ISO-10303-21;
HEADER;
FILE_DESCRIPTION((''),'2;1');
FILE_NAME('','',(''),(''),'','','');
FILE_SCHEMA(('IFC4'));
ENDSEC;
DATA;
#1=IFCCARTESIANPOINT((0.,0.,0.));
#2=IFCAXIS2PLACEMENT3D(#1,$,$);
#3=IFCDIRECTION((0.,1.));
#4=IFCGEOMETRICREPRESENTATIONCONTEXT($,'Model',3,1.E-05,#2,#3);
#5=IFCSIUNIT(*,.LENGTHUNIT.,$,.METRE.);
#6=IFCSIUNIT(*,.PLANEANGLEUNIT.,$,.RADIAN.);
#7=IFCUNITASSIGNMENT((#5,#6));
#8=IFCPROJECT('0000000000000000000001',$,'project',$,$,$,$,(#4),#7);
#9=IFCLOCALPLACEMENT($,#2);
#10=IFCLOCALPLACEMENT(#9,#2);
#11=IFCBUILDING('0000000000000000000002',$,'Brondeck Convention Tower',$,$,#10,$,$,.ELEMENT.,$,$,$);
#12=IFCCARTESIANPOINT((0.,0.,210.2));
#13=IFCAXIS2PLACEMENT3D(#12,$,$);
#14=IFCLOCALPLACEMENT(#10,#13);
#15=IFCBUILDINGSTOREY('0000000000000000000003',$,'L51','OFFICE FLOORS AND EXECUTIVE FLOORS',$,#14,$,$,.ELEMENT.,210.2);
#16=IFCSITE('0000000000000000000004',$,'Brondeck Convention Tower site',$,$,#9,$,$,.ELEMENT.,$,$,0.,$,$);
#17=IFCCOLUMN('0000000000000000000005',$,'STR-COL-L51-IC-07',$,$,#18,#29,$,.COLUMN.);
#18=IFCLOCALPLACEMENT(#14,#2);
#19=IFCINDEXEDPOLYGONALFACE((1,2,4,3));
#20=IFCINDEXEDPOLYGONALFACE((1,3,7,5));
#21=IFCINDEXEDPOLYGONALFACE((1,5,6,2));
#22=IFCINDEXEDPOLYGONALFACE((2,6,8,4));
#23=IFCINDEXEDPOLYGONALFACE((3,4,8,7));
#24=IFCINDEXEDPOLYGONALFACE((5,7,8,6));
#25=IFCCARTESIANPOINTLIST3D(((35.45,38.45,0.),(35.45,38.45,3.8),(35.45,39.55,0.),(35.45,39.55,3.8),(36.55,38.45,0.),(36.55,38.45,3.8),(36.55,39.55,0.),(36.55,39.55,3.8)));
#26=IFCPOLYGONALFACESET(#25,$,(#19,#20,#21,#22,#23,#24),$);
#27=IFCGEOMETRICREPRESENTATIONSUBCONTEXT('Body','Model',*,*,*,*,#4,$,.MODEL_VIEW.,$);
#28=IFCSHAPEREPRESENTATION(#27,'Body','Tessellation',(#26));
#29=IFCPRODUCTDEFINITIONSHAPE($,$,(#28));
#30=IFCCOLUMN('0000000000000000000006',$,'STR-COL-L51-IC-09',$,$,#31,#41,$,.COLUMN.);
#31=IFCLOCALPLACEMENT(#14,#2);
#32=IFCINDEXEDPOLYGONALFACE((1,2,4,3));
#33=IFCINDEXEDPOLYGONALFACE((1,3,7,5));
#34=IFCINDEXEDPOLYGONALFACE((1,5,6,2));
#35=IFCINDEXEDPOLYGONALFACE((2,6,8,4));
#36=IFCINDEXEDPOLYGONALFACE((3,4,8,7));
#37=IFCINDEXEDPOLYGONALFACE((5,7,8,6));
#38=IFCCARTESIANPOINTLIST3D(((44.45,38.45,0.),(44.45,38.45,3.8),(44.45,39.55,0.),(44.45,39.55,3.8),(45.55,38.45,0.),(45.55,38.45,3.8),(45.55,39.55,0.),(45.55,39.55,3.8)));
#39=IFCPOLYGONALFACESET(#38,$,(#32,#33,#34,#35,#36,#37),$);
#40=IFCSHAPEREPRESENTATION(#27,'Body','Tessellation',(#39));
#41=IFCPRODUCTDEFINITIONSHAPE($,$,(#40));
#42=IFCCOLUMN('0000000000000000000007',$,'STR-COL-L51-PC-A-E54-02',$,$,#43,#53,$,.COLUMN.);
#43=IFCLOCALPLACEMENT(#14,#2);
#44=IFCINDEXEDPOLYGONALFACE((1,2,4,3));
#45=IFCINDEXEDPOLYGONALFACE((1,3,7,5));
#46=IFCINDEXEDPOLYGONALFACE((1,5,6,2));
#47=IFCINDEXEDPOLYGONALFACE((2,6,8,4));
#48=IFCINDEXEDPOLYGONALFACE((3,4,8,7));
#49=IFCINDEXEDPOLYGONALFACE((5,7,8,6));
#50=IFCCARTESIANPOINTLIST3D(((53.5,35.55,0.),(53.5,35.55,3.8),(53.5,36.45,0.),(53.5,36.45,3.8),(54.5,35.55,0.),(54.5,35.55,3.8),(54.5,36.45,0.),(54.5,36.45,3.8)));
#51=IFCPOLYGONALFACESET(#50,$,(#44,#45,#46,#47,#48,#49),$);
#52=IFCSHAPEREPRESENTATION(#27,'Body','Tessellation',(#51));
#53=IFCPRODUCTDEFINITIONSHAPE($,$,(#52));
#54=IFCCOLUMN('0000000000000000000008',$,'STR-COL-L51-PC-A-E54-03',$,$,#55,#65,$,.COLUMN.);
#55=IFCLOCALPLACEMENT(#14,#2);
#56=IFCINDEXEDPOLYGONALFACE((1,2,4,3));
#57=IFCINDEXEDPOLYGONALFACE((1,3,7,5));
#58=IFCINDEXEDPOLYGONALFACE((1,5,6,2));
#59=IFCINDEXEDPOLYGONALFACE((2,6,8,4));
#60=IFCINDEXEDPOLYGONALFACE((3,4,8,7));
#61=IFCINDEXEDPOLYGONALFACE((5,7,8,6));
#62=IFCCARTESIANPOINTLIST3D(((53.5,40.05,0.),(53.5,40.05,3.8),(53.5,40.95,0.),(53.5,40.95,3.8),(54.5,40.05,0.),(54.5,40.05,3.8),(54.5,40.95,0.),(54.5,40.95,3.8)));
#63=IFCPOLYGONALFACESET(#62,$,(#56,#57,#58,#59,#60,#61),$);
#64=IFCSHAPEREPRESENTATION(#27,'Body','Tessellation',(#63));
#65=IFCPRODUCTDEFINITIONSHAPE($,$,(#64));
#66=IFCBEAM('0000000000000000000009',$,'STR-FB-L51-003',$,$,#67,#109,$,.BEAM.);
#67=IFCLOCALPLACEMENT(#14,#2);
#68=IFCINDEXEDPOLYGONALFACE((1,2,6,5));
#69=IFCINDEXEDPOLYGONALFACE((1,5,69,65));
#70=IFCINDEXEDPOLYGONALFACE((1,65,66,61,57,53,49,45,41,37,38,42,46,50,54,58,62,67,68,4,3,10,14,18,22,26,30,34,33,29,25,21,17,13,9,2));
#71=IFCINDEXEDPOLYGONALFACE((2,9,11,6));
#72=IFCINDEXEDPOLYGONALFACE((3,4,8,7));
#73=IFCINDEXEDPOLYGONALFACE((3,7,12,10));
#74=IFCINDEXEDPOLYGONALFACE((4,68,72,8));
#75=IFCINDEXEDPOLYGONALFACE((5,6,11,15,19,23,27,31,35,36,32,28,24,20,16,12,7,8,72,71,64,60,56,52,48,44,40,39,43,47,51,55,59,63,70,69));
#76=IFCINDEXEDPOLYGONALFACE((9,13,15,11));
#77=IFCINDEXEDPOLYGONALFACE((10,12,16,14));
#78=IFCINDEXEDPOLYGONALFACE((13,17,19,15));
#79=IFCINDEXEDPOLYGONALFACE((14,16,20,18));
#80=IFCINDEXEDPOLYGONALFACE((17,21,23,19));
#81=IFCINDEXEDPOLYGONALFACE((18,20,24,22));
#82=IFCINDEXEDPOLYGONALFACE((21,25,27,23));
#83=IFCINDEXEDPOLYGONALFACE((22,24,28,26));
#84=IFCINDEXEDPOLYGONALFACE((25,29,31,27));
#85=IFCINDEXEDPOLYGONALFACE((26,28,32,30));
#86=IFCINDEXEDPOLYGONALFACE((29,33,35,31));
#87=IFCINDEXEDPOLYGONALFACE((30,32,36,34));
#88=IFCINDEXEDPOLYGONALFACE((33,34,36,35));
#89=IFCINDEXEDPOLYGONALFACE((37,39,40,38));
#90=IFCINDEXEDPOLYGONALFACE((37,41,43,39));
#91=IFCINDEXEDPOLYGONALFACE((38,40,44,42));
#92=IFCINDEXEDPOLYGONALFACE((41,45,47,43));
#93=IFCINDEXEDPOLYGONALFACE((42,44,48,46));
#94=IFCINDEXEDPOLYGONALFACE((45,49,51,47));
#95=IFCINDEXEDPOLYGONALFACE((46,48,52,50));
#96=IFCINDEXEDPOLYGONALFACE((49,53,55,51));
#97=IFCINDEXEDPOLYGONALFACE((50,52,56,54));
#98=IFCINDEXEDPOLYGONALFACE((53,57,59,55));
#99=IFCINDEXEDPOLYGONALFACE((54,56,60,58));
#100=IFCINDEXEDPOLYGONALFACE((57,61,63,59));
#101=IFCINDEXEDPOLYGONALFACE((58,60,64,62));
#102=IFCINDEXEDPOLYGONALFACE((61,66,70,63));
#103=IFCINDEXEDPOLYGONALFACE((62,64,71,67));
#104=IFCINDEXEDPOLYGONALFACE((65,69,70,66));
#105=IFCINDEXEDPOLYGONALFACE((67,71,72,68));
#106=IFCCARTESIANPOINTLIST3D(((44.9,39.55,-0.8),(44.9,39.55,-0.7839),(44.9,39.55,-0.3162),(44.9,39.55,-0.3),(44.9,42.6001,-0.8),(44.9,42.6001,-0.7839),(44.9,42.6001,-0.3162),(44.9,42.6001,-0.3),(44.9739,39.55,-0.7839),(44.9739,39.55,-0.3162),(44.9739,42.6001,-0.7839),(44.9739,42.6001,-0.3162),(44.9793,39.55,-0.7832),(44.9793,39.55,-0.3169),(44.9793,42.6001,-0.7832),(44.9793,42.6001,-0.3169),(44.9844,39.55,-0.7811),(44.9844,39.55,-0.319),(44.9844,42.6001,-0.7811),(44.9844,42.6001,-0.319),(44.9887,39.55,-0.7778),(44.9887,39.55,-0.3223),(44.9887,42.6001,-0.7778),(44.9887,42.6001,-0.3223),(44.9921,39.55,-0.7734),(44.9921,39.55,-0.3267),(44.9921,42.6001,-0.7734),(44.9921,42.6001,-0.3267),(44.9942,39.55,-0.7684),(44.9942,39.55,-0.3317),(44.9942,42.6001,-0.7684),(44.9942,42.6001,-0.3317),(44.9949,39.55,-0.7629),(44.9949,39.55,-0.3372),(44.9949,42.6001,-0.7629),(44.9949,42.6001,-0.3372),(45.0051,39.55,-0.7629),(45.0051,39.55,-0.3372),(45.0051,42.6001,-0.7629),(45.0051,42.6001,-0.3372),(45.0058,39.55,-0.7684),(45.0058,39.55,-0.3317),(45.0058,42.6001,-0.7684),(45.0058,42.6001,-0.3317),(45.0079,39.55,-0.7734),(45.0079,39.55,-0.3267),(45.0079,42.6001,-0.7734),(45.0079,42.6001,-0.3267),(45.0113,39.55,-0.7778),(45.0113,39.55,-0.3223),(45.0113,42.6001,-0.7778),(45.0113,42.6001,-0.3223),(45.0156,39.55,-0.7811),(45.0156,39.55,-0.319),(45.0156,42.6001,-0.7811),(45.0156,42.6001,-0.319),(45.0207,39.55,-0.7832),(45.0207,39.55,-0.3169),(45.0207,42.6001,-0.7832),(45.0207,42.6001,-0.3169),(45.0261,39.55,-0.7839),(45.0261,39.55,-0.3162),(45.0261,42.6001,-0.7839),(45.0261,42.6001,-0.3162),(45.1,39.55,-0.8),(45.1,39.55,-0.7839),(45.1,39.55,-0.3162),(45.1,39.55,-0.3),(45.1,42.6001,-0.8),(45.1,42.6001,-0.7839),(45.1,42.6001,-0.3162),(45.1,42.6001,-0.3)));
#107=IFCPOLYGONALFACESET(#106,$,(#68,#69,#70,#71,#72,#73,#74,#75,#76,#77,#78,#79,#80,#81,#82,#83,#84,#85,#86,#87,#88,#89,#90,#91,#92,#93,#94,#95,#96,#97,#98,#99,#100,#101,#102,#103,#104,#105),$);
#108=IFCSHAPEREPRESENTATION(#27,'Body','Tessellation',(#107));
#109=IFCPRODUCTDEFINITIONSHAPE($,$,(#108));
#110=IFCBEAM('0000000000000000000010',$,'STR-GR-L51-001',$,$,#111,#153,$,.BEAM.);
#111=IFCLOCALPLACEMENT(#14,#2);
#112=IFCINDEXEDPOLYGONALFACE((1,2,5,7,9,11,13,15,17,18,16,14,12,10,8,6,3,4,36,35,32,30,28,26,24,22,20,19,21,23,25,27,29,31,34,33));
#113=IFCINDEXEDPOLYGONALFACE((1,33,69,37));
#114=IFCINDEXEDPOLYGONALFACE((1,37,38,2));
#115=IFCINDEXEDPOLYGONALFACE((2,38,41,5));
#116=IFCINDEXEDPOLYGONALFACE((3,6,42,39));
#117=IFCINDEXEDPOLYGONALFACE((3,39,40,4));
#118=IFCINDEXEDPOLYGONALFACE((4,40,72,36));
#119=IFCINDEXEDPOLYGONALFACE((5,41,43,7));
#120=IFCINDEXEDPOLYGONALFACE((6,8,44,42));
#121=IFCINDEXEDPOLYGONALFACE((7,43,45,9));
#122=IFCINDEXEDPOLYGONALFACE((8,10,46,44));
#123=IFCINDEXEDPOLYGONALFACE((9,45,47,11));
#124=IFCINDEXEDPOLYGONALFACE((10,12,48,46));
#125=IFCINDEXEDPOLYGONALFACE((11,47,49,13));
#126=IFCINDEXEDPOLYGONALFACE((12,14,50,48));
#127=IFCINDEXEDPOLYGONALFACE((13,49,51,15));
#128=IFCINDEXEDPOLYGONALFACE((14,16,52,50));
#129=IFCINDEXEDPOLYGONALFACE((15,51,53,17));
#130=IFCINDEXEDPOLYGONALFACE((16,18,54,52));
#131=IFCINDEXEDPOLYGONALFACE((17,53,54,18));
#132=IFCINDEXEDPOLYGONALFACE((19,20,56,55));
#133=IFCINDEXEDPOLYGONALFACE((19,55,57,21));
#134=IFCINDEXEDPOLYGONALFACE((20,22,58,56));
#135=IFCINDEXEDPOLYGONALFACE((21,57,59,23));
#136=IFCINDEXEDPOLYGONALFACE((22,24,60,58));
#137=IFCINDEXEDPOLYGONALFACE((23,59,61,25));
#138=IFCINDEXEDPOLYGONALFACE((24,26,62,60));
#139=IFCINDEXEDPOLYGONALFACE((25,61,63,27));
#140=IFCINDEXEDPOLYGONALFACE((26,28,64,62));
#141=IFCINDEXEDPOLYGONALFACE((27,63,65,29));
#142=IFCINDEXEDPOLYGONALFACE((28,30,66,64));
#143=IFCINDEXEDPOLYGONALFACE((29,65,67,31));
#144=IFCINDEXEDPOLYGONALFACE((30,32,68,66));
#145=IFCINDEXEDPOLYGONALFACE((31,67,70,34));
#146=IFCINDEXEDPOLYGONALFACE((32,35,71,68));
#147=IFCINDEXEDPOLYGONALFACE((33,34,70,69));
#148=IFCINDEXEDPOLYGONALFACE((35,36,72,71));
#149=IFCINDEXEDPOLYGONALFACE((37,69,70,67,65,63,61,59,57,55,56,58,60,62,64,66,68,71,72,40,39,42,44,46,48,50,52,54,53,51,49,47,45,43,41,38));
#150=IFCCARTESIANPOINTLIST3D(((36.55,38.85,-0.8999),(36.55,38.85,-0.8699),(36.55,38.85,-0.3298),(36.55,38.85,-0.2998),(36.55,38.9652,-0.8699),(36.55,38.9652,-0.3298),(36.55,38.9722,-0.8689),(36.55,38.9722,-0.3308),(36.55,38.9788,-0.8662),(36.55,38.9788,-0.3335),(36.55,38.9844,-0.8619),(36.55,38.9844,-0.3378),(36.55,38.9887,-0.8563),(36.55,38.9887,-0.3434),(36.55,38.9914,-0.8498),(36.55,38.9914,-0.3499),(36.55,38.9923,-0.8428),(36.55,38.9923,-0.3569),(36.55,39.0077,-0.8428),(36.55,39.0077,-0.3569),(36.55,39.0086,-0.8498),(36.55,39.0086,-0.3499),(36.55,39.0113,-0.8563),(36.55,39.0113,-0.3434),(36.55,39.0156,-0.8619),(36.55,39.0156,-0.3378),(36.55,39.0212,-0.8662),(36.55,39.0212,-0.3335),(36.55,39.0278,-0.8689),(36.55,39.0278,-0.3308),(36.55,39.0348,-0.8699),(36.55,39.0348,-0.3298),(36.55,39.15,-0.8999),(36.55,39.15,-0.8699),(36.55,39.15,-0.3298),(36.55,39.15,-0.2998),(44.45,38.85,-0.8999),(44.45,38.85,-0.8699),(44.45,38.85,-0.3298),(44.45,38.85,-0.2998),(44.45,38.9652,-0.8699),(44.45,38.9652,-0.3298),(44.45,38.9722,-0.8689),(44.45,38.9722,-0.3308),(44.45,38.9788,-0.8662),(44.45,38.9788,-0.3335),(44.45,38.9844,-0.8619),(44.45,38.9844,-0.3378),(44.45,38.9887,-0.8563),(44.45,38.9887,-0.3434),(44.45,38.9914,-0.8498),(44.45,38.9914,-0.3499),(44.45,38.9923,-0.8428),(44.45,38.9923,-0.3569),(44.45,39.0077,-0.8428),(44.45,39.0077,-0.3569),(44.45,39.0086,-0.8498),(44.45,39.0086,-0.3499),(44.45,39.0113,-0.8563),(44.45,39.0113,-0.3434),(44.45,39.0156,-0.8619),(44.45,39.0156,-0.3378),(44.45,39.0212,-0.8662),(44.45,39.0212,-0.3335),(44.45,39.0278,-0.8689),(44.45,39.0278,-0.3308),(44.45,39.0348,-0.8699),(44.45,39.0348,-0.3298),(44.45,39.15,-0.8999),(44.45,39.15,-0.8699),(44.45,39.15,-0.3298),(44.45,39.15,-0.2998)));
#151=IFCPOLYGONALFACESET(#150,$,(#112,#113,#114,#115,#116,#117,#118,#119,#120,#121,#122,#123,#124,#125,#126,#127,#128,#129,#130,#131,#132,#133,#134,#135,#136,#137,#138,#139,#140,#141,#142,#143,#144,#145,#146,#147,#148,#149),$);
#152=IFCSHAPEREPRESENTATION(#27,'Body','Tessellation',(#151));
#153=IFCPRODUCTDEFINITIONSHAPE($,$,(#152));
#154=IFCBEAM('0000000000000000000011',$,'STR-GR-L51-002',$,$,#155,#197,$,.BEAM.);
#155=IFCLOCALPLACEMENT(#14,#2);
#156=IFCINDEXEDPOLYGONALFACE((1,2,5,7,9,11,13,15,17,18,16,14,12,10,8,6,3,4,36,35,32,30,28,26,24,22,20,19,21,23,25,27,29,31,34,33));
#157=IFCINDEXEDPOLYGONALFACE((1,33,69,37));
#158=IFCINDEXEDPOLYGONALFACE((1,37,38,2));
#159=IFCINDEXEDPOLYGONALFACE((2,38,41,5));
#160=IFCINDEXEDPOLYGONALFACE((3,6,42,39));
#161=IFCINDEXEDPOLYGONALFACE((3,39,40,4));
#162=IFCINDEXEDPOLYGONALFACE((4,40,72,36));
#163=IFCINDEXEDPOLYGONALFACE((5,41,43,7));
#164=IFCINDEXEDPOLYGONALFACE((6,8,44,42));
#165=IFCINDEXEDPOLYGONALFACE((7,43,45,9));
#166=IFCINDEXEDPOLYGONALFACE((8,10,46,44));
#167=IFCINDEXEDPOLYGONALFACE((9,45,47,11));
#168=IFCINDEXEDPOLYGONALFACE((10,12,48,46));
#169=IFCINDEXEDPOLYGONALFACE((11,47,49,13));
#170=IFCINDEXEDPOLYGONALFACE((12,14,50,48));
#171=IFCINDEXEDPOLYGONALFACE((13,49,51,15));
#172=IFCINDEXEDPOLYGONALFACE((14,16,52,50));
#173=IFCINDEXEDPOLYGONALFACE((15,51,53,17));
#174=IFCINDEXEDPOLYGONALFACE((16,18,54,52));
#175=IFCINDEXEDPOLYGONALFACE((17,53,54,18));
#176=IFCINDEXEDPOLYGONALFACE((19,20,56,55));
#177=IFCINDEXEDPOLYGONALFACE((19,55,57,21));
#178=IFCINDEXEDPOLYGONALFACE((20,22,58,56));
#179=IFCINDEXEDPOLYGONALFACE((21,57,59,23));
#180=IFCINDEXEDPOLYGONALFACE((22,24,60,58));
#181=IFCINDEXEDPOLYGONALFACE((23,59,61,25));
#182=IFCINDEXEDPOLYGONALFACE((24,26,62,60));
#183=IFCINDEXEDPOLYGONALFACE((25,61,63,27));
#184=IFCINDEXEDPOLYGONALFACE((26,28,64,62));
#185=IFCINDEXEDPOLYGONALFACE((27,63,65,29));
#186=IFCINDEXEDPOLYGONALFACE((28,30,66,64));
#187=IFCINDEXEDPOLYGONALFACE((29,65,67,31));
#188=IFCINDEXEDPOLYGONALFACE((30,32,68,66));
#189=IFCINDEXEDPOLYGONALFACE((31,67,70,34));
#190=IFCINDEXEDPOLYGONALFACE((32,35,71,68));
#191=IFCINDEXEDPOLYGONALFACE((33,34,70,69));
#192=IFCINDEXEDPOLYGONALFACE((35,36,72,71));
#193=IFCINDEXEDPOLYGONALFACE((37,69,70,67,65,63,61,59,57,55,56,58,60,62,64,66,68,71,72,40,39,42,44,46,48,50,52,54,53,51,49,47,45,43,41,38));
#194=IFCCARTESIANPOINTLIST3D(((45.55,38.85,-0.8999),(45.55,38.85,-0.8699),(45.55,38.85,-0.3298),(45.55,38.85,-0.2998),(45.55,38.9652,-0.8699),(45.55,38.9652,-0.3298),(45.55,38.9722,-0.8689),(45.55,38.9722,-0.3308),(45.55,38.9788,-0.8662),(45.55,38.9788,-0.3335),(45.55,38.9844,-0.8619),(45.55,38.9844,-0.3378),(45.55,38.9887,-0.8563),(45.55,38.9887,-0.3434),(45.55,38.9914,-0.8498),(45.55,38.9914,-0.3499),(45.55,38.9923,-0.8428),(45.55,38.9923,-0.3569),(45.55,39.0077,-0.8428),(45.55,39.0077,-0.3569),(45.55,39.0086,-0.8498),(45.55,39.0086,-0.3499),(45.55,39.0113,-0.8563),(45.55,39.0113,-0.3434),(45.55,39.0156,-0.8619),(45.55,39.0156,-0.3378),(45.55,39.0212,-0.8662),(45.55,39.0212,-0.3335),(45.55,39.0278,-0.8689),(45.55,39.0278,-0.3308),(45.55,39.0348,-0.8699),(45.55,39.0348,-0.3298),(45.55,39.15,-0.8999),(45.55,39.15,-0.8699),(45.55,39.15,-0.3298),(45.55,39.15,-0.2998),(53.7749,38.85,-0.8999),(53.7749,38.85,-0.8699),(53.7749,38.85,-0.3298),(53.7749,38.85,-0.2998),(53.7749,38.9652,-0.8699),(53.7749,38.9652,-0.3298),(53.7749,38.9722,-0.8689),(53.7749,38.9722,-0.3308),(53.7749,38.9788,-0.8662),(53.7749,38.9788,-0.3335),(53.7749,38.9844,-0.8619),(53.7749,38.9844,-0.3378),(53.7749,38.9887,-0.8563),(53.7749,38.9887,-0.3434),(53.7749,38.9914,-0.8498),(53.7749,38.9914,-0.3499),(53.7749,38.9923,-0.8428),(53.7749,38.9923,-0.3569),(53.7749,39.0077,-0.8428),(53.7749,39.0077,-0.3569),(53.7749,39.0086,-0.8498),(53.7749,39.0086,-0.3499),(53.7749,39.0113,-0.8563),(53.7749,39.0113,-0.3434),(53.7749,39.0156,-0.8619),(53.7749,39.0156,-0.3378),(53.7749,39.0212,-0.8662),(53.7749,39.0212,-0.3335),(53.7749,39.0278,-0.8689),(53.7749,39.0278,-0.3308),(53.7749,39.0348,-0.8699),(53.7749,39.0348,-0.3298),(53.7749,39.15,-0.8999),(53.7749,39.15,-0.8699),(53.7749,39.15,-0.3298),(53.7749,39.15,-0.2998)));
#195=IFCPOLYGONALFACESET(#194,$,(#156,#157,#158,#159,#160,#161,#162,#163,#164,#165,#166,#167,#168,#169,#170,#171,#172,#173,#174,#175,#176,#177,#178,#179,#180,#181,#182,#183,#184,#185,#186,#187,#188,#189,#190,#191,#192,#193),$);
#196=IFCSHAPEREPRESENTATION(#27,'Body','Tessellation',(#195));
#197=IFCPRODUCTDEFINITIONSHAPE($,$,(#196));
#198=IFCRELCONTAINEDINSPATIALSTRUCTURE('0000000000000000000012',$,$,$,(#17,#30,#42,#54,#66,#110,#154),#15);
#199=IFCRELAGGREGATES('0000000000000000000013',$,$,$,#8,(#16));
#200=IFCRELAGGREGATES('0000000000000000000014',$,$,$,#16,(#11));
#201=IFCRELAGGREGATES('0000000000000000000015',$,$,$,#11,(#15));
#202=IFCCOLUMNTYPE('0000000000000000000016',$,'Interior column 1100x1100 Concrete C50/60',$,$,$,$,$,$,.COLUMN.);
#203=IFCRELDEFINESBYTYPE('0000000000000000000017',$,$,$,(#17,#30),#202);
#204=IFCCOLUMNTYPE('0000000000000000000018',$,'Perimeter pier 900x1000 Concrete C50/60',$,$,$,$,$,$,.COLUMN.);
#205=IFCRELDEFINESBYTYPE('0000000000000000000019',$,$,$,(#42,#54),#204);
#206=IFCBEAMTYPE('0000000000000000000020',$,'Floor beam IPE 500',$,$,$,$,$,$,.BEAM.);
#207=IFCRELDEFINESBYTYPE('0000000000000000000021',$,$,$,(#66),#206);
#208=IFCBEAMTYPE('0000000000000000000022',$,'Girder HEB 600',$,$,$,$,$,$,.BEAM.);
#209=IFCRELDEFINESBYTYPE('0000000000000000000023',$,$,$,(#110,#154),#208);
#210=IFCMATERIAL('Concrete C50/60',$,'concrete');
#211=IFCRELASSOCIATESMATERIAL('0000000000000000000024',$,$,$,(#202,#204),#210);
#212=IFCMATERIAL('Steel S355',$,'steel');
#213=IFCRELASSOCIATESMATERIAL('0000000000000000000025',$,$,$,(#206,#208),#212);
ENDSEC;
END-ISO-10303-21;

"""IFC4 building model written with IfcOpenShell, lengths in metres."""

from ifc_helpers import new_model, si_unit, direction, frame, origin, origin_2d, place, context, subcontext, project, spatial, rectangle, i_section, extrude, material, material_profile, profile_set, type_object, element, save


model = new_model("IFC4")

# Units and contexts
model_context = context("Model", 3, precision=1e-05, world=origin(), true_north=direction((0.0, 1.0)))
body_context = subcontext(model_context, "Body", "Model", "MODEL_VIEW")
ifc_project = project(units=[si_unit("LENGTHUNIT", "METRE"), si_unit("PLANEANGLEUNIT", "RADIAN")], contexts=[model_context])

# Site, building, storey
site_placement = place(None, origin())
site = spatial("IfcSite", under=ifc_project, at=site_placement, Name="Brondeck Convention Tower site", CompositionType="ELEMENT", RefElevation=0.0)
building_placement = place(site_placement, origin())
building = spatial("IfcBuilding", under=site, at=building_placement, Name="Brondeck Convention Tower", CompositionType="ELEMENT")
storey_placement = place(building_placement, frame((0.0, 0.0, 210.2)))
storey = spatial("IfcBuildingStorey", under=building, at=storey_placement, Name="L51", Description="OFFICE FLOORS AND EXECUTIVE FLOORS", CompositionType="ELEMENT", Elevation=210.2)

# Columns
ifc_material_1 = material(Name="Concrete C50/60", Category="concrete")
ifc_material_profile_1 = material_profile(ifc_material_1, rectangle(XDim=1.1001, YDim=1.1001, at=origin_2d()), Name="Interior column 1100x1100 Concrete C50/60")
ifc_profile_set_1 = profile_set([ifc_material_profile_1], Name="Concrete C50/60")
column_type_1 = type_object("IfcColumnType", Name="Interior column 1100x1100 Concrete C50/60", PredefinedType="COLUMN", material=ifc_profile_set_1)
for number, where, z_axis, x_axis, name in (
    (1, (36.0, 39.0, 0.0), (0.0, 0.0, 1.0), (1.0, 0.0, 0.0), "STR-COL-L51-IC-07"),
    (2, (45.0, 39.0, 0.0), (0.0, 0.0, 1.0), (1.0, 0.0, 0.0), "STR-COL-L51-IC-09"),
):
    element("IfcColumn", number, at=place(storey_placement, frame(where, z_axis=z_axis, x_axis=x_axis)), inside=storey, type_object=column_type_1, Name=name, PredefinedType="COLUMN", context=body_context, shape_type="SweptSolid", body=[
        extrude(rectangle(XDim=1.1001, YDim=1.1001, at=origin_2d()), origin(), (0.0, 0.0, 1.0), 3.8),
    ])
ifc_material_profile_2 = material_profile(ifc_material_1, rectangle(XDim=0.8999, YDim=1.0, at=origin_2d()), Name="Perimeter pier 900x1000 Concrete C50/60")
ifc_profile_set_2 = profile_set([ifc_material_profile_2], Name="Concrete C50/60")
column_type_2 = type_object("IfcColumnType", Name="Perimeter pier 900x1000 Concrete C50/60", PredefinedType="COLUMN", material=ifc_profile_set_2)
for number, where, z_axis, x_axis, name in (
    (3, (54.0, 36.0, 0.0), (0.0, 0.0, 1.0), (0.0, 1.0, 0.0), "STR-COL-L51-PC-A-E54-02"),
    (4, (54.0, 40.5, 0.0), (0.0, 0.0, 1.0), (0.0, 1.0, 0.0), "STR-COL-L51-PC-A-E54-03"),
):
    element("IfcColumn", number, at=place(storey_placement, frame(where, z_axis=z_axis, x_axis=x_axis)), inside=storey, type_object=column_type_2, Name=name, PredefinedType="COLUMN", context=body_context, shape_type="SweptSolid", body=[
        extrude(rectangle(XDim=0.8999, YDim=1.0, at=origin_2d()), origin(), (0.0, 0.0, 1.0), 3.8),
    ])

# Beams
ifc_material_2 = material(Name="Steel S355", Category="steel")
ifc_material_profile_3 = material_profile(ifc_material_2, i_section(OverallWidth=0.2, OverallDepth=0.5, WebThickness=0.0103, FlangeThickness=0.0161, FilletRadius=0.021, at=origin_2d()), Name="IPE 500")
ifc_profile_set_3 = profile_set([ifc_material_profile_3], Name="Steel S355")
beam_type_1 = type_object("IfcBeamType", Name="Floor beam IPE 500", PredefinedType="BEAM", material=ifc_profile_set_3)
beam_1_placement = place(storey_placement, frame((45.0, 39.55, -0.55), z_axis=(0.0, 1.0, 0.0), x_axis=(-1.0, 0.0, 0.0)))
element("IfcBeam", 5, at=beam_1_placement, inside=storey, type_object=beam_type_1, Name="STR-FB-L51-003", PredefinedType="BEAM", context=body_context, shape_type="SweptSolid", body=[
    extrude(i_section(OverallWidth=0.2, OverallDepth=0.5, WebThickness=0.0103, FlangeThickness=0.0161, FilletRadius=0.021, at=origin_2d()), origin(), (0.0, 0.0, 1.0), 3.05),
])
ifc_material_profile_4 = material_profile(ifc_material_2, i_section(OverallWidth=0.3, OverallDepth=0.6001, WebThickness=0.0154, FlangeThickness=0.03, FilletRadius=0.0271, at=origin_2d()), Name="HEB 600")
ifc_profile_set_4 = profile_set([ifc_material_profile_4], Name="Steel S355")
beam_type_2 = type_object("IfcBeamType", Name="Girder HEB 600", PredefinedType="BEAM", material=ifc_profile_set_4)
beam_2_placement = place(storey_placement, frame((36.55, 39.0, -0.5999), z_axis=(1.0, 0.0, 0.0), x_axis=(0.0, 1.0, 0.0)))
element("IfcBeam", 6, at=beam_2_placement, inside=storey, type_object=beam_type_2, Name="STR-GR-L51-001", PredefinedType="BEAM", context=body_context, shape_type="SweptSolid", body=[
    extrude(i_section(OverallWidth=0.3, OverallDepth=0.6001, WebThickness=0.0154, FlangeThickness=0.03, FilletRadius=0.0271, at=origin_2d()), origin(), (0.0, 0.0, 1.0), 7.8999),
])
beam_3_placement = place(storey_placement, frame((45.55, 39.0, -0.5999), z_axis=(1.0, 0.0, 0.0), x_axis=(0.0, 1.0, 0.0)))
element("IfcBeam", 7, at=beam_3_placement, inside=storey, type_object=beam_type_2, Name="STR-GR-L51-002", PredefinedType="BEAM", context=body_context, shape_type="SweptSolid", body=[
    extrude(i_section(OverallWidth=0.3, OverallDepth=0.6001, WebThickness=0.0154, FlangeThickness=0.03, FilletRadius=0.0271, at=origin_2d()), origin(), (0.0, 0.0, 1.0), 8.2249),
])

save(model, "model.ifc")
